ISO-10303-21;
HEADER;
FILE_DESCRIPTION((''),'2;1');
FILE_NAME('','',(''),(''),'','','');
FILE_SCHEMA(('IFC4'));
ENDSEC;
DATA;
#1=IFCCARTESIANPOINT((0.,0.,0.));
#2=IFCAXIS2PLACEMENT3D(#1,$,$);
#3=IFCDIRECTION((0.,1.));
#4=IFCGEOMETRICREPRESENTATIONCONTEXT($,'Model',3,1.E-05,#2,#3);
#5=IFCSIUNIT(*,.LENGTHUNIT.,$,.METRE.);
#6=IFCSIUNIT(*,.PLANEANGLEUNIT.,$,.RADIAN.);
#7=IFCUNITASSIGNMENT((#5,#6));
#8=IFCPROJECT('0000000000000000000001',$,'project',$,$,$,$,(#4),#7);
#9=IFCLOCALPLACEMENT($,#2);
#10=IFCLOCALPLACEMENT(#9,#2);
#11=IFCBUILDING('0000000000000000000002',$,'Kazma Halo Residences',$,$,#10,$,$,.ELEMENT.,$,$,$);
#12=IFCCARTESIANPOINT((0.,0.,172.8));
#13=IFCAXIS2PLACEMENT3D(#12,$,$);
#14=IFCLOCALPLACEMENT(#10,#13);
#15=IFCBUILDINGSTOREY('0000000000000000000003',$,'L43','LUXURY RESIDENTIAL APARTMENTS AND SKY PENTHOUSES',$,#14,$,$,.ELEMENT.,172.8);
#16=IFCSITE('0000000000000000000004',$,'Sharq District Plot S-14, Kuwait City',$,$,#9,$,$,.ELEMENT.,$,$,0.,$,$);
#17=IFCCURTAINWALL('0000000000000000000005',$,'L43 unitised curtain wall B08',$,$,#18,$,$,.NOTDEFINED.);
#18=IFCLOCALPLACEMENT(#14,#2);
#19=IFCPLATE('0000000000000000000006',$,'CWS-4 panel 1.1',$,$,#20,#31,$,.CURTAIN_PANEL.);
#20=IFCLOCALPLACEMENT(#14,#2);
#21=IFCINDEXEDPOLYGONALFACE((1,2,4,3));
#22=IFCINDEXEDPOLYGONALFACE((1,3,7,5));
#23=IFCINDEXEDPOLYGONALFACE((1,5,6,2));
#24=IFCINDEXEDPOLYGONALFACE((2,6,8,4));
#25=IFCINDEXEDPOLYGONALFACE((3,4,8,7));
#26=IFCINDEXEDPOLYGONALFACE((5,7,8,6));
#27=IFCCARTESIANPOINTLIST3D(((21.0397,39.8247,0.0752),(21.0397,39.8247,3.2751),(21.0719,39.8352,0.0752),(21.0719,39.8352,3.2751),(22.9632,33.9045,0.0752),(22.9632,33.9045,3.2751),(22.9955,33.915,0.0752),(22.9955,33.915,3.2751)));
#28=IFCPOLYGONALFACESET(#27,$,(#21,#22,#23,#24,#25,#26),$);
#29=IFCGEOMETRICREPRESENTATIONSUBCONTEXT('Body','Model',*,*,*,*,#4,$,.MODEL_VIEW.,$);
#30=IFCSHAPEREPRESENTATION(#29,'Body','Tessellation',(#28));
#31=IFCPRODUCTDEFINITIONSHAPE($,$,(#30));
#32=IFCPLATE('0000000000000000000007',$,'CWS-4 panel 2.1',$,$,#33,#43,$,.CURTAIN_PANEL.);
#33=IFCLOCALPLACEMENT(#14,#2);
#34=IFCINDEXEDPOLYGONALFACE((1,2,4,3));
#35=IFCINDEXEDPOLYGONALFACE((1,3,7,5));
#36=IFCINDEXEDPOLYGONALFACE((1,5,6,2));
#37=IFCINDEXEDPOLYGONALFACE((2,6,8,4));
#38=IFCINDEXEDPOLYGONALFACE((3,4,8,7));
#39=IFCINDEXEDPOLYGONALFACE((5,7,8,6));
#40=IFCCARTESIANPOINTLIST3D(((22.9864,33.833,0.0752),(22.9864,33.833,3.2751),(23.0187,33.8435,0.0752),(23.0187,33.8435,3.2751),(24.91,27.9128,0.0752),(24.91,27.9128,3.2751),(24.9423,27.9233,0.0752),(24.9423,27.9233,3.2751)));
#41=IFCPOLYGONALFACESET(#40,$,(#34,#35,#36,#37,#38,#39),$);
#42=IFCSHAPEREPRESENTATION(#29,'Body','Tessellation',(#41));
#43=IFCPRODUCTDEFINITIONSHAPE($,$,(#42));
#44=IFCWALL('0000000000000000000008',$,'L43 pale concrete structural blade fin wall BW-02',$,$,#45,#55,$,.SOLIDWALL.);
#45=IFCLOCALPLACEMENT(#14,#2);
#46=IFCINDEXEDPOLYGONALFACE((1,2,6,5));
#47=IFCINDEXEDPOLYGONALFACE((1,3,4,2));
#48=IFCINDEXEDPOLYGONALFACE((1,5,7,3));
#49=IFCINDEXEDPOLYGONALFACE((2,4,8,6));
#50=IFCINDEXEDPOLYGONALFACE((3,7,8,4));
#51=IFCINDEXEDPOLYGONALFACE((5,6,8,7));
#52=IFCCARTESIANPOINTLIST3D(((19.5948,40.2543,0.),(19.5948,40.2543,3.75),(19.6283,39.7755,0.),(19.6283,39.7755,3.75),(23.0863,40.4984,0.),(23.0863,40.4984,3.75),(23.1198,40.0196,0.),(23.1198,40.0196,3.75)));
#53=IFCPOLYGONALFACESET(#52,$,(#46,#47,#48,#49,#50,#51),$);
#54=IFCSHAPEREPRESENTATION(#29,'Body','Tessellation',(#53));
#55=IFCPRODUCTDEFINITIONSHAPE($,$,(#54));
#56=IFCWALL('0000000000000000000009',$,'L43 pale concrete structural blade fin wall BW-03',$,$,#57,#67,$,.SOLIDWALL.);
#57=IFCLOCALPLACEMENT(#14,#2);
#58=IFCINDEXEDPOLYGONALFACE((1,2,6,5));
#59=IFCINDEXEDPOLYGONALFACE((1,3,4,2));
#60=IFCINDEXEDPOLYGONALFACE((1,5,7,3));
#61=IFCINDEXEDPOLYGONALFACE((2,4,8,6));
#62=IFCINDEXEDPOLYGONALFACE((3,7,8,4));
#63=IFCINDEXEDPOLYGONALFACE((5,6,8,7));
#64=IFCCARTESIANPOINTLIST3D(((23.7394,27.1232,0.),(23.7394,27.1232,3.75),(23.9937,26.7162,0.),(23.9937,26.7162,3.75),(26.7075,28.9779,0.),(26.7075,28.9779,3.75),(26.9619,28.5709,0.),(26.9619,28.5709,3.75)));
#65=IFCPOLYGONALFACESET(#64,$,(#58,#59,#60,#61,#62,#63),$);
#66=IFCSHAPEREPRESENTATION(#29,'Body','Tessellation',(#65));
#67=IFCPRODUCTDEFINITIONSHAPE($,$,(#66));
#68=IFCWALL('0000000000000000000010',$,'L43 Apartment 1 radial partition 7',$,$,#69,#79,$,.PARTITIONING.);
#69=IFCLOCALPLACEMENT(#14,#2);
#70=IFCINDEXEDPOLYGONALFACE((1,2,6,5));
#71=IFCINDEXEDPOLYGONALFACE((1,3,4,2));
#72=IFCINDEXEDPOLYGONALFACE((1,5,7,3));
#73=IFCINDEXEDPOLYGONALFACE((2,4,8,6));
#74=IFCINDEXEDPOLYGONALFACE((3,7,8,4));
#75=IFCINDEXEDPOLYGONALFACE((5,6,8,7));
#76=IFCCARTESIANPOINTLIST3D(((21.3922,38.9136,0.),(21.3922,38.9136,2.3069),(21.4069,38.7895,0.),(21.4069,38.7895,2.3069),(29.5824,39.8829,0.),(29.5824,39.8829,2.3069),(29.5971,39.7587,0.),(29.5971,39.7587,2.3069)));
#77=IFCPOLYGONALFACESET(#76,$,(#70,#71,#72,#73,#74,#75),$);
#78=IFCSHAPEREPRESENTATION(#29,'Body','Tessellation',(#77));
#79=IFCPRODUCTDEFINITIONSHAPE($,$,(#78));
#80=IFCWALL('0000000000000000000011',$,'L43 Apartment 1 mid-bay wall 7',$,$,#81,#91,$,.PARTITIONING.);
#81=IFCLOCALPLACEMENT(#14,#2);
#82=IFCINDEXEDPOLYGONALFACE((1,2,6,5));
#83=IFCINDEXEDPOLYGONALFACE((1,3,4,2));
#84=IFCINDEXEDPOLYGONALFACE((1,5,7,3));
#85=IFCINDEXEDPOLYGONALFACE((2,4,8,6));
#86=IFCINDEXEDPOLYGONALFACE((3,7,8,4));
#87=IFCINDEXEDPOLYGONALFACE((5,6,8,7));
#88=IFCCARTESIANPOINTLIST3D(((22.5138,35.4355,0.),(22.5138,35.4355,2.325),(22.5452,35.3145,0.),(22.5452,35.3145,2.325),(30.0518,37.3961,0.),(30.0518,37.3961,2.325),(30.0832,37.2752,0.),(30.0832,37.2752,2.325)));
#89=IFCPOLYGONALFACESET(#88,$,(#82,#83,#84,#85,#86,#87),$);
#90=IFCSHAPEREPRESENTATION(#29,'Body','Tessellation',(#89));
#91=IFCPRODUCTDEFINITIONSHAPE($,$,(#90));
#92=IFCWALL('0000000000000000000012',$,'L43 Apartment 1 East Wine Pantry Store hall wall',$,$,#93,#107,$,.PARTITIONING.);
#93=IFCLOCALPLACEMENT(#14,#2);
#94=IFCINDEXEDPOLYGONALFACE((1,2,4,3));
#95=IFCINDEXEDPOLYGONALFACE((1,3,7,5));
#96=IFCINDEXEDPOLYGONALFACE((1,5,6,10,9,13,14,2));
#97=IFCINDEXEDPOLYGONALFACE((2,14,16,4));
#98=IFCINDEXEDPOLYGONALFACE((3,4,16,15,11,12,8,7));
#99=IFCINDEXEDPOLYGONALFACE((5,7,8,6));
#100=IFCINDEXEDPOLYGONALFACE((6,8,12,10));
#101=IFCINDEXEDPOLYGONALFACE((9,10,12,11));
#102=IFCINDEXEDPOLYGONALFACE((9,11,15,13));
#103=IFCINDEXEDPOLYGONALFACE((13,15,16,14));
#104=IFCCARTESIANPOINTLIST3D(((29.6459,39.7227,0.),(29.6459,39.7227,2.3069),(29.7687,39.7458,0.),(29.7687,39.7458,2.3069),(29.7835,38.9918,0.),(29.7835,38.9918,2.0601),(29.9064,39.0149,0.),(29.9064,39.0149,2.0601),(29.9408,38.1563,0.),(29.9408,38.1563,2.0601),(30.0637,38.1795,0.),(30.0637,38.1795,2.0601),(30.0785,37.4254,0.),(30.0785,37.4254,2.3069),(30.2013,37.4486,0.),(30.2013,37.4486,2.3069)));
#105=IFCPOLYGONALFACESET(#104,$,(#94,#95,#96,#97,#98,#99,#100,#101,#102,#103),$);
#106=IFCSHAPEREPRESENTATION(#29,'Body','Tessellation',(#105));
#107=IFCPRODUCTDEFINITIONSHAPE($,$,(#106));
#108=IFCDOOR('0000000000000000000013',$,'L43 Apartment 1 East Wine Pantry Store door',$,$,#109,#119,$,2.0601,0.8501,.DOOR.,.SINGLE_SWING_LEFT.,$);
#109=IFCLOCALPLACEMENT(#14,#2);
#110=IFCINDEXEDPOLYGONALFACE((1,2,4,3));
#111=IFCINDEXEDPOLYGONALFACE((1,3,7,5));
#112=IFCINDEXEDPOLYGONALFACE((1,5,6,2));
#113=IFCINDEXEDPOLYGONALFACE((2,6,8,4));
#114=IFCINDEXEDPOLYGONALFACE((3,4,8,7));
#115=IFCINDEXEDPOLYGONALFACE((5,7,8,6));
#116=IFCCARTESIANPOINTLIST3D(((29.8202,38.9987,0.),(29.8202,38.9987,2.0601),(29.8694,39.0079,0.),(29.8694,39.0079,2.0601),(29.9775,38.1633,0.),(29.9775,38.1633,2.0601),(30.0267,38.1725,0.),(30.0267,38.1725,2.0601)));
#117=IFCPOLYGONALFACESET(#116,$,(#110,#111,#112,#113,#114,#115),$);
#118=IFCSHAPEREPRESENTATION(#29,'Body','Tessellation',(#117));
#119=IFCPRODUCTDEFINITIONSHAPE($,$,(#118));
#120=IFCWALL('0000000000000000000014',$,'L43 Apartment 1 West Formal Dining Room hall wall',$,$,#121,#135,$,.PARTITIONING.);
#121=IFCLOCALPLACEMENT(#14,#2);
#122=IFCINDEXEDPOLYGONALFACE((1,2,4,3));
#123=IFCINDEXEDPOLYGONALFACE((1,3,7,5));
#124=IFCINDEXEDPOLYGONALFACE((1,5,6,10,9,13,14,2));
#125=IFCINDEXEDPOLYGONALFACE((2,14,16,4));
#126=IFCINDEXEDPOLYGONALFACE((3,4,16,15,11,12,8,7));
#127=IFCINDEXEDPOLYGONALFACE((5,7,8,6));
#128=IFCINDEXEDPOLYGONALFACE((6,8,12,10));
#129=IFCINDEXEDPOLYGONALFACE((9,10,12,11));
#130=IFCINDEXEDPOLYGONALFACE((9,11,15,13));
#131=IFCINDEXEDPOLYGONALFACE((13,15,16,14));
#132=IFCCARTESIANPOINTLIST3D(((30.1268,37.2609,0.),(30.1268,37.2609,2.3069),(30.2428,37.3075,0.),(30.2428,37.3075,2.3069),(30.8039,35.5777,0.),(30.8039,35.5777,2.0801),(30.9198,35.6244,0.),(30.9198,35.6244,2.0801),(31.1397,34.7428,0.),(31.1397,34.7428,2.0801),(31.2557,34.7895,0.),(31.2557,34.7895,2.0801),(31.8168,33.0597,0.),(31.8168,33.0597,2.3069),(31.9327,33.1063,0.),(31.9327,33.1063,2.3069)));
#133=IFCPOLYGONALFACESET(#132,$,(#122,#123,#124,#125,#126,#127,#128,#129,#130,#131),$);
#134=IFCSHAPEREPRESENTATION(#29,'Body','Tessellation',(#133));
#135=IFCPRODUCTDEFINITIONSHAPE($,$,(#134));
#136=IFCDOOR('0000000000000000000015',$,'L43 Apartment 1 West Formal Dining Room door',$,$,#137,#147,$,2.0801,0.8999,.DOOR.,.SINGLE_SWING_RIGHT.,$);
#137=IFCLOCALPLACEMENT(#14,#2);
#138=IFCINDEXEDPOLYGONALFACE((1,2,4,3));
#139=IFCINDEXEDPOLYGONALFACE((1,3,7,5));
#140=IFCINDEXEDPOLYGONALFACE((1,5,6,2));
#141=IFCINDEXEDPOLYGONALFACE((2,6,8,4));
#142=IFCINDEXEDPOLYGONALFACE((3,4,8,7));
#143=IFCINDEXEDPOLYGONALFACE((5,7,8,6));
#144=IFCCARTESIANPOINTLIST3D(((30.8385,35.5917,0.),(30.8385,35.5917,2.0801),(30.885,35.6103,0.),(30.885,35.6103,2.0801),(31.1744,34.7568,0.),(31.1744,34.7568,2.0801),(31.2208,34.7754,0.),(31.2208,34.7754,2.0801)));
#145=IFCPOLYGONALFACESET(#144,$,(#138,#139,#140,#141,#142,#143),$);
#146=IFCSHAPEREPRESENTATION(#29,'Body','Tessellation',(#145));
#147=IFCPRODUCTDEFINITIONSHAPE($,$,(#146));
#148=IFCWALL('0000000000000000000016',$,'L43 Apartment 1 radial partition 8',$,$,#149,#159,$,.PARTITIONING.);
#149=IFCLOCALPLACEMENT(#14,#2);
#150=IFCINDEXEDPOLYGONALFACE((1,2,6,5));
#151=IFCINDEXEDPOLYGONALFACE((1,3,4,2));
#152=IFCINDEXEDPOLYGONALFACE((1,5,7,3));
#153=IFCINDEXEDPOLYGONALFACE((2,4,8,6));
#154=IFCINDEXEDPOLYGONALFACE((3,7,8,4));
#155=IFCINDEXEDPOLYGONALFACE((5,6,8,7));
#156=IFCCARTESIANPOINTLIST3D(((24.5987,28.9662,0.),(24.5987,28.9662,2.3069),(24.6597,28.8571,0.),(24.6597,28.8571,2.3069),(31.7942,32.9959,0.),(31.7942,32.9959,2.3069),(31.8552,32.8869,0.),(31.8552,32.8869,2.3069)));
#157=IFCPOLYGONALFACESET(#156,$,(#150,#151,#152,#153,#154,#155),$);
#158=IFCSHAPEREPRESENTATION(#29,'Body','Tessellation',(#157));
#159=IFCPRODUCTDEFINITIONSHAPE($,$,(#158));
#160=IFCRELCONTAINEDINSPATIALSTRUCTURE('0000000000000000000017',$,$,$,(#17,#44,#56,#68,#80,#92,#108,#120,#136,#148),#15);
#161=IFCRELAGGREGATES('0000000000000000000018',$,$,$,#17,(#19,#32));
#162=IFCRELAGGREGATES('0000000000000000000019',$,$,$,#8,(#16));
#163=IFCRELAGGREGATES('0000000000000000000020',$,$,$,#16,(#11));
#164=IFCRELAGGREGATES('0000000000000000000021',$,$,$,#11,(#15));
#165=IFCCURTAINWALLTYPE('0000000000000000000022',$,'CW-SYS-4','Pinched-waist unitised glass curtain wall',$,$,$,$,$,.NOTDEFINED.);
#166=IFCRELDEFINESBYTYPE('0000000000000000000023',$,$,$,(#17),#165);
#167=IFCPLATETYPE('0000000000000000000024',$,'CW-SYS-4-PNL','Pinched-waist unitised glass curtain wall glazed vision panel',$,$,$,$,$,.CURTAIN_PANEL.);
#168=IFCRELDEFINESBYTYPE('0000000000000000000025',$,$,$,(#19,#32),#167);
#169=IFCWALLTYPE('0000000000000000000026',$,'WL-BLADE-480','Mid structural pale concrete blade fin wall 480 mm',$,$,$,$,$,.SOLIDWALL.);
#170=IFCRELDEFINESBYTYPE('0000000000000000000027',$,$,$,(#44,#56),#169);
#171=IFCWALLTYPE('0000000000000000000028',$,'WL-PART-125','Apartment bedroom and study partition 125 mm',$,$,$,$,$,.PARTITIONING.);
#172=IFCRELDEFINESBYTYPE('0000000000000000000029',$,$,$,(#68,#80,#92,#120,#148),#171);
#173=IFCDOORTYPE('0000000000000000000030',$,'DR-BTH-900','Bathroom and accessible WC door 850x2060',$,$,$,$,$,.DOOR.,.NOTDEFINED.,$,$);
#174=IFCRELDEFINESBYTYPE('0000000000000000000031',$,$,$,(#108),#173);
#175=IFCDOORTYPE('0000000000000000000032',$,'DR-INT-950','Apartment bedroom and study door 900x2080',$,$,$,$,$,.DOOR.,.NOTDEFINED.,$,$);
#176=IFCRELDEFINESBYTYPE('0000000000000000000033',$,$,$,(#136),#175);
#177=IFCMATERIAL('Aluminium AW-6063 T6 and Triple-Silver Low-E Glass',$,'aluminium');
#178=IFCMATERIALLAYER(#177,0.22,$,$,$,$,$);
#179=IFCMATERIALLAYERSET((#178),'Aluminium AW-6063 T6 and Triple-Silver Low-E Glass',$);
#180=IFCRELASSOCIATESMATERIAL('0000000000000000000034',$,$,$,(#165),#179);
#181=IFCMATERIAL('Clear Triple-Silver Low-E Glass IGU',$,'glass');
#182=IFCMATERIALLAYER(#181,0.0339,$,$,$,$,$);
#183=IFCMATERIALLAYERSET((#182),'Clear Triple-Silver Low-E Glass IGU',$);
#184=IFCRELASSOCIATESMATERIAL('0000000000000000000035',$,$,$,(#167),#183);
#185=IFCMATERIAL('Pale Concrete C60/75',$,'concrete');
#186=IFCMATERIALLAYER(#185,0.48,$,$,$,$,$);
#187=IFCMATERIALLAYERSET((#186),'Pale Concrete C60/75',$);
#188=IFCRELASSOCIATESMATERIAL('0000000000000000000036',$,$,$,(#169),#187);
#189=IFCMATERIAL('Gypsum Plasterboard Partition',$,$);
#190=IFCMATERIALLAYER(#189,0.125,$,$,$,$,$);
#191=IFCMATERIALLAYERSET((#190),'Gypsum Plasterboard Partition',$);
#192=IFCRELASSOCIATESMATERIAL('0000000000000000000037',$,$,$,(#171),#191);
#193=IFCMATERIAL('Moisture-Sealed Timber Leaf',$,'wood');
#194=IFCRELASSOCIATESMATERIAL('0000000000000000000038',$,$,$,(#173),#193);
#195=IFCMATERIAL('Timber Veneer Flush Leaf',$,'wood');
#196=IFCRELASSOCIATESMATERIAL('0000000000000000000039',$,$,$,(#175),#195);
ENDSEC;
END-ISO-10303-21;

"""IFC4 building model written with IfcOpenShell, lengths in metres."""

from ifc_helpers import new_model, si_unit, direction, frame, frame_2d, origin, origin_2d, place, context, subcontext, project, spatial, rectangle, extrude, material, layer, layer_set, type_object, element, fill, aggregate, save


model = new_model("IFC4")

# Units and contexts
model_context = context("Model", 3, precision=1e-05, world=origin(), true_north=direction((0.0, 1.0)))
body_context = subcontext(model_context, "Body", "Model", "MODEL_VIEW")
ifc_project = project(units=[si_unit("LENGTHUNIT", "METRE"), si_unit("PLANEANGLEUNIT", "RADIAN")], contexts=[model_context])

# Site, building, storey
site_placement = place(None, origin())
site = spatial("IfcSite", under=ifc_project, at=site_placement, Name="Sharq District Plot S-14, Kuwait City", CompositionType="ELEMENT", RefElevation=0.0)
building_placement = place(site_placement, origin())
building = spatial("IfcBuilding", under=site, at=building_placement, Name="Kazma Halo Residences", CompositionType="ELEMENT")
storey_placement = place(building_placement, frame((0.0, 0.0, 172.8)))
storey = spatial("IfcBuildingStorey", under=building, at=storey_placement, Name="L43", Description="LUXURY RESIDENTIAL APARTMENTS AND SKY PENTHOUSES", CompositionType="ELEMENT", Elevation=172.8)

# Curtain wall, plates
ifc_material_1 = material(Name="Aluminium AW-6063 T6 and Triple-Silver Low-E Glass", Category="aluminium")
ifc_layer_1 = layer(ifc_material_1, 0.22)
ifc_layer_set_1 = layer_set([ifc_layer_1], Name="Aluminium AW-6063 T6 and Triple-Silver Low-E Glass")
curtain_wall_type = type_object("IfcCurtainWallType", Name="CW-SYS-4", Description="Pinched-waist unitised glass curtain wall", PredefinedType="NOTDEFINED", material=ifc_layer_set_1)
curtain_wall_placement = place(storey_placement, origin())
curtain_wall = element("IfcCurtainWall", 1, at=curtain_wall_placement, inside=storey, type_object=curtain_wall_type, Name="L43 unitised curtain wall B08", PredefinedType="NOTDEFINED")
ifc_material_2 = material(Name="Clear Triple-Silver Low-E Glass IGU", Category="glass")
ifc_layer_2 = layer(ifc_material_2, 0.0339)
ifc_layer_set_2 = layer_set([ifc_layer_2], Name="Clear Triple-Silver Low-E Glass IGU")
plate_type = type_object("IfcPlateType", Name="CW-SYS-4-PNL", Description="Pinched-waist unitised glass curtain wall glazed vision panel", PredefinedType="CURTAIN_PANEL", material=ifc_layer_set_2)
plate_1_placement = place(storey_placement, frame((22.0176, 36.8699, 0.0752), z_axis=(0.0, 0.0, 1.0), x_axis=(0.309014, -0.951058, 0.0)))
plate_1 = element("IfcPlate", 2, at=plate_1_placement, type_object=plate_type, Name="CWS-4 panel 1.1", PredefinedType="CURTAIN_PANEL", context=body_context, shape_type="SweptSolid", body=[
    extrude(rectangle(XDim=6.2249, YDim=0.0339, at=origin_2d()), origin(), (0.0, 0.0, 1.0), 3.2),
])
plate_2_placement = place(storey_placement, frame((23.9644, 30.8782, 0.0752), z_axis=(0.0, 0.0, 1.0), x_axis=(0.309014, -0.951058, 0.0)))
plate_2 = element("IfcPlate", 3, at=plate_2_placement, type_object=plate_type, Name="CWS-4 panel 2.1", PredefinedType="CURTAIN_PANEL", context=body_context, shape_type="SweptSolid", body=[
    extrude(rectangle(XDim=6.2249, YDim=0.0339, at=origin_2d()), origin(), (0.0, 0.0, 1.0), 3.2),
])
aggregate(curtain_wall, [plate_1, plate_2])

# Walls
ifc_material_3 = material(Name="Pale Concrete C60/75", Category="concrete")
ifc_layer_3 = layer(ifc_material_3, 0.48)
ifc_layer_set_3 = layer_set([ifc_layer_3], Name="Pale Concrete C60/75")
wall_type_1 = type_object("IfcWallType", Name="WL-BLADE-480", Description="Mid structural pale concrete blade fin wall 480 mm", PredefinedType="SOLIDWALL", material=ifc_layer_set_3)
for number, where, z_axis, x_axis, name in (
    (4, (23.103, 40.259, 0.0), (0.0, 0.0, 1.0), (-0.997564, -0.069755, 0.0), "L43 pale concrete structural blade fin wall BW-02"),
    (5, (26.8347, 28.7744, 0.0), (0.0, 0.0, 1.0), (-0.848053, -0.529911, 0.0), "L43 pale concrete structural blade fin wall BW-03"),
):
    element("IfcWall", number, at=place(storey_placement, frame(where, z_axis=z_axis, x_axis=x_axis)), inside=storey, type_object=wall_type_1, Name=name, PredefinedType="SOLIDWALL", context=body_context, shape_type="SweptSolid", body=[
        extrude(rectangle(XDim=3.5, YDim=0.48, at=frame_2d((1.75, 0.0))), origin(), (0.0, 0.0, 1.0), 3.75),
    ])
ifc_material_4 = material(Name="Gypsum Plasterboard Partition")
ifc_layer_4 = layer(ifc_material_4, 0.125)
ifc_layer_set_4 = layer_set([ifc_layer_4], Name="Gypsum Plasterboard Partition")
wall_type_2 = type_object("IfcWallType", Name="WL-PART-125", Description="Apartment bedroom and study partition 125 mm", PredefinedType="PARTITIONING", material=ifc_layer_set_4)
wall_1_placement = place(storey_placement, frame((29.5896, 39.8208, 0.0), z_axis=(0.0, 0.0, 1.0), x_axis=(-0.99307, -0.117521, 0.0)))
element("IfcWall", 6, at=wall_1_placement, inside=storey, type_object=wall_type_2, Name="L43 Apartment 1 radial partition 7", PredefinedType="PARTITIONING", context=body_context, shape_type="SweptSolid", body=[
    extrude(rectangle(XDim=8.2473, YDim=0.125, at=frame_2d((4.1235, 0.0))), origin(), (0.0, 0.0, 1.0), 2.3069),
])
wall_2_placement = place(storey_placement, frame((30.0676, 37.3357, 0.0), z_axis=(0.0, 0.0, 1.0), x_axis=(-0.967798, -0.251729, 0.0)))
element("IfcWall", 7, at=wall_2_placement, inside=storey, type_object=wall_type_2, Name="L43 Apartment 1 mid-bay wall 7", PredefinedType="PARTITIONING", context=body_context, shape_type="SweptSolid", body=[
    extrude(rectangle(XDim=7.7888, YDim=0.125, at=frame_2d((3.8945, 0.0))), origin(), (0.0, 0.0, 1.0), 2.325),
])

# Walls, openings, doors
wall_3_placement = place(storey_placement, frame((29.7073, 39.7344, 0.0), z_axis=(0.0, 0.0, 1.0), x_axis=(0.185058, -0.982728, 0.0)))
wall_3 = element("IfcWall", 8, at=wall_3_placement, inside=storey, type_object=wall_type_2, Name="L43 Apartment 1 East Wine Pantry Store hall wall", PredefinedType="PARTITIONING", context=body_context, shape_type="SweptSolid", body=[
    extrude(rectangle(XDim=2.3376, YDim=0.125, at=frame_2d((1.1689, 0.0))), origin(), (0.0, 0.0, 1.0), 2.3069),
])
opening_1_placement = place(wall_3_placement, frame((0.7439, 0.0, 0.0)))
opening_1 = element("IfcOpeningElement", 9, at=opening_1_placement, cuts=wall_3, PredefinedType="OPENING", context=body_context, shape_type="SweptSolid", body=[
    extrude(rectangle(XDim=0.8501, YDim=2.0601, at=frame_2d((0.425, 1.03))), frame((0.0, 0.0725, 0.0), z_axis=(0.0, -1.0, 0.0), x_axis=(1.0, 0.0, 0.0)), (0.0, 0.0, 1.0), 0.145),
])
ifc_material_5 = material(Name="Moisture-Sealed Timber Leaf", Category="wood")
door_type_1 = type_object("IfcDoorType", Name="DR-BTH-900", Description="Bathroom and accessible WC door 850x2060", OperationType="NOTDEFINED", PredefinedType="DOOR", material=ifc_material_5)
door_1_placement = place(opening_1_placement, origin())
door_1 = element("IfcDoor", 10, at=door_1_placement, inside=storey, type_object=door_type_1, Name="L43 Apartment 1 East Wine Pantry Store door", OperationType="SINGLE_SWING_LEFT", OverallHeight=2.0601, OverallWidth=0.8501, PredefinedType="DOOR", context=body_context, shape_type="SweptSolid", body=[
    extrude(rectangle(XDim=0.8501, YDim=2.0601, at=frame_2d((0.425, 1.03))), frame((0.0, 0.0249, 0.0), z_axis=(0.0, -1.0, 0.0), x_axis=(1.0, 0.0, 0.0)), (0.0, 0.0, 1.0), 0.05),
])
fill(opening_1, door_1)
wall_4_placement = place(storey_placement, frame((30.1848, 37.2842, 0.0), z_axis=(0.0, 0.0, 1.0), x_axis=(0.373193, -0.927754, 0.0)))
wall_4 = element("IfcWall", 11, at=wall_4_placement, inside=storey, type_object=wall_type_2, Name="L43 Apartment 1 West Formal Dining Room hall wall", PredefinedType="PARTITIONING", context=body_context, shape_type="SweptSolid", body=[
    extrude(rectangle(XDim=4.5283, YDim=0.125, at=frame_2d((2.2642, 0.0))), origin(), (0.0, 0.0, 1.0), 2.3069),
])
opening_2_placement = place(wall_4_placement, frame((1.8142, 0.0, 0.0)))
opening_2 = element("IfcOpeningElement", 12, at=opening_2_placement, cuts=wall_4, PredefinedType="OPENING", context=body_context, shape_type="SweptSolid", body=[
    extrude(rectangle(XDim=0.8999, YDim=2.0801, at=frame_2d((0.45, 1.04))), frame((0.0, 0.0725, 0.0), z_axis=(0.0, -1.0, 0.0), x_axis=(1.0, 0.0, 0.0)), (0.0, 0.0, 1.0), 0.145),
])
ifc_material_6 = material(Name="Timber Veneer Flush Leaf", Category="wood")
door_type_2 = type_object("IfcDoorType", Name="DR-INT-950", Description="Apartment bedroom and study door 900x2080", OperationType="NOTDEFINED", PredefinedType="DOOR", material=ifc_material_6)
door_2_placement = place(opening_2_placement, origin())
door_2 = element("IfcDoor", 13, at=door_2_placement, inside=storey, type_object=door_type_2, Name="L43 Apartment 1 West Formal Dining Room door", OperationType="SINGLE_SWING_RIGHT", OverallHeight=2.0801, OverallWidth=0.8999, PredefinedType="DOOR", context=body_context, shape_type="SweptSolid", body=[
    extrude(rectangle(XDim=0.8999, YDim=2.0801, at=frame_2d((0.45, 1.04))), frame((0.0, 0.0249, 0.0), z_axis=(0.0, -1.0, 0.0), x_axis=(1.0, 0.0, 0.0)), (0.0, 0.0, 1.0), 0.05),
])
fill(opening_2, door_2)

# Wall
wall_5_placement = place(storey_placement, frame((31.8247, 32.9414, 0.0), z_axis=(0.0, 0.0, 1.0), x_axis=(-0.872492, -0.488629, 0.0)))
element("IfcWall", 14, at=wall_5_placement, inside=storey, type_object=wall_type_2, Name="L43 Apartment 1 radial partition 8", PredefinedType="PARTITIONING", context=body_context, shape_type="SweptSolid", body=[
    extrude(rectangle(XDim=8.2471, YDim=0.125, at=frame_2d((4.1235, 0.0))), origin(), (0.0, 0.0, 1.0), 2.3069),
])

save(model, "model.ifc")
